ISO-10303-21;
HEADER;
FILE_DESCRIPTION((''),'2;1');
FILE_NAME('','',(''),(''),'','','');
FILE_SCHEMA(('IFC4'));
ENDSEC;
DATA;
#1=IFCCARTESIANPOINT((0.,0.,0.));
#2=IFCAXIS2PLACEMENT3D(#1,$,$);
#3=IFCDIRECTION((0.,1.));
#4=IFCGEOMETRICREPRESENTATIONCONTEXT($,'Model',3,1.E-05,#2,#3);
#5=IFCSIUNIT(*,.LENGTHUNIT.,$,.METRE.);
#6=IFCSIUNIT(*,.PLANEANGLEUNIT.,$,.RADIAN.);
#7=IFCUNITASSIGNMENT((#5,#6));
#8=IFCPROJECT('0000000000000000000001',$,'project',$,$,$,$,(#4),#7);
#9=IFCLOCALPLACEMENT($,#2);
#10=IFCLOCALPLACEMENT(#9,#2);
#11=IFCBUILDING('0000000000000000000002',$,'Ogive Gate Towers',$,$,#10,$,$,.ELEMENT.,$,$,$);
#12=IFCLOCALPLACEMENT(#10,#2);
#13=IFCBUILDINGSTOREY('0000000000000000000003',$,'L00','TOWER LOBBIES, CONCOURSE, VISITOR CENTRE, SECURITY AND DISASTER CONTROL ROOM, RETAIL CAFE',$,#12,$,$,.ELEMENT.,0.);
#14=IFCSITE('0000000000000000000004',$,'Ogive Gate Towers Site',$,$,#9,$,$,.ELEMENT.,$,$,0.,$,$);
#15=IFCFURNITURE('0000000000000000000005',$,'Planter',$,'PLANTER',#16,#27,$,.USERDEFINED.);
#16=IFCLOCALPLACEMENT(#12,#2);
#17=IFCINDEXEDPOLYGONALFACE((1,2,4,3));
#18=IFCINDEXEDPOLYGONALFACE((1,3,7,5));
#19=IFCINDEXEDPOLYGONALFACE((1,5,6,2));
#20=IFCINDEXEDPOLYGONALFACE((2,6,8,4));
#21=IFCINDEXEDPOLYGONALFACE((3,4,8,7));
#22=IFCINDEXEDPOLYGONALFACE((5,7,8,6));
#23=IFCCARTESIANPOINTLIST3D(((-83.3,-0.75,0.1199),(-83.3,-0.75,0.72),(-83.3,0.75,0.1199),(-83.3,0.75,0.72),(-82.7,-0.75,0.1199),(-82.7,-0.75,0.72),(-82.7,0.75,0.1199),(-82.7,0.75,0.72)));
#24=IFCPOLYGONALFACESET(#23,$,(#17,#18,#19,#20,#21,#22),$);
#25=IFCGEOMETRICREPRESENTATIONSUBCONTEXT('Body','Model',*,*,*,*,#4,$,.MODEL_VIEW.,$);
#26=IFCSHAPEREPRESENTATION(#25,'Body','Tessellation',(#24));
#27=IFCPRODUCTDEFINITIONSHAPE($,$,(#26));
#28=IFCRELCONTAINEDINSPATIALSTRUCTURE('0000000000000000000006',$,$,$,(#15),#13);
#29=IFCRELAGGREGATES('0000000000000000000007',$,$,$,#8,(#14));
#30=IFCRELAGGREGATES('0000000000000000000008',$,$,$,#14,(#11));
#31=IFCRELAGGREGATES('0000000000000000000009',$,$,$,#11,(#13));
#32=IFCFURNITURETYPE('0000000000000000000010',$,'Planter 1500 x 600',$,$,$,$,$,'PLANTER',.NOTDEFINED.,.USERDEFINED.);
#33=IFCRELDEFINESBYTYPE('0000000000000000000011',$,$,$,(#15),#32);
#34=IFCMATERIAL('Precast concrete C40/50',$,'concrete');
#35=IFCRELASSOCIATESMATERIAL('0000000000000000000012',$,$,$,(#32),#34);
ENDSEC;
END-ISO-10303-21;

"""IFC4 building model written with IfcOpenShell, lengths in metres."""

from ifc_helpers import new_model, si_unit, direction, frame, origin, origin_2d, place, context, subcontext, project, spatial, rectangle, extrude, material, type_object, element, save


model = new_model("IFC4")

# Units and contexts
model_context = context("Model", 3, precision=1e-05, world=origin(), true_north=direction((0.0, 1.0)))
body_context = subcontext(model_context, "Body", "Model", "MODEL_VIEW")
ifc_project = project(units=[si_unit("LENGTHUNIT", "METRE"), si_unit("PLANEANGLEUNIT", "RADIAN")], contexts=[model_context])

# Site, building, storey
site_placement = place(None, origin())
site = spatial("IfcSite", under=ifc_project, at=site_placement, Name="Ogive Gate Towers Site", CompositionType="ELEMENT", RefElevation=0.0)
building_placement = place(site_placement, origin())
building = spatial("IfcBuilding", under=site, at=building_placement, Name="Ogive Gate Towers", CompositionType="ELEMENT")
storey_placement = place(building_placement, origin())
storey = spatial("IfcBuildingStorey", under=building, at=storey_placement, Name="L00", Description="TOWER LOBBIES, CONCOURSE, VISITOR CENTRE, SECURITY AND DISASTER CONTROL ROOM, RETAIL CAFE", CompositionType="ELEMENT", Elevation=0.0)

# Shared definitions
ifc_material_1 = material(Name="Precast concrete C40/50", Category="concrete")

# Furniture
furniture_type = type_object("IfcFurnitureType", Name="Planter 1500 x 600", ElementType="PLANTER", AssemblyPlace="NOTDEFINED", PredefinedType="USERDEFINED", material=ifc_material_1)
for number, where, z_axis, x_axis, name in (
    (1, (-83.0, 0.0, 0.1199), (0.0, 0.0, 1.0), (0.0, 1.0, 0.0), "Planter"),
):
    element("IfcFurniture", number, at=place(storey_placement, frame(where, z_axis=z_axis, x_axis=x_axis)), inside=storey, type_object=furniture_type, Name=name, ObjectType="PLANTER", PredefinedType="USERDEFINED", context=body_context, shape_type="SweptSolid", body=[
        extrude(rectangle(XDim=1.5, YDim=0.6001, at=origin_2d()), origin(), (0.0, 0.0, 1.0), 0.6001),
    ])

save(model, "model.ifc")
